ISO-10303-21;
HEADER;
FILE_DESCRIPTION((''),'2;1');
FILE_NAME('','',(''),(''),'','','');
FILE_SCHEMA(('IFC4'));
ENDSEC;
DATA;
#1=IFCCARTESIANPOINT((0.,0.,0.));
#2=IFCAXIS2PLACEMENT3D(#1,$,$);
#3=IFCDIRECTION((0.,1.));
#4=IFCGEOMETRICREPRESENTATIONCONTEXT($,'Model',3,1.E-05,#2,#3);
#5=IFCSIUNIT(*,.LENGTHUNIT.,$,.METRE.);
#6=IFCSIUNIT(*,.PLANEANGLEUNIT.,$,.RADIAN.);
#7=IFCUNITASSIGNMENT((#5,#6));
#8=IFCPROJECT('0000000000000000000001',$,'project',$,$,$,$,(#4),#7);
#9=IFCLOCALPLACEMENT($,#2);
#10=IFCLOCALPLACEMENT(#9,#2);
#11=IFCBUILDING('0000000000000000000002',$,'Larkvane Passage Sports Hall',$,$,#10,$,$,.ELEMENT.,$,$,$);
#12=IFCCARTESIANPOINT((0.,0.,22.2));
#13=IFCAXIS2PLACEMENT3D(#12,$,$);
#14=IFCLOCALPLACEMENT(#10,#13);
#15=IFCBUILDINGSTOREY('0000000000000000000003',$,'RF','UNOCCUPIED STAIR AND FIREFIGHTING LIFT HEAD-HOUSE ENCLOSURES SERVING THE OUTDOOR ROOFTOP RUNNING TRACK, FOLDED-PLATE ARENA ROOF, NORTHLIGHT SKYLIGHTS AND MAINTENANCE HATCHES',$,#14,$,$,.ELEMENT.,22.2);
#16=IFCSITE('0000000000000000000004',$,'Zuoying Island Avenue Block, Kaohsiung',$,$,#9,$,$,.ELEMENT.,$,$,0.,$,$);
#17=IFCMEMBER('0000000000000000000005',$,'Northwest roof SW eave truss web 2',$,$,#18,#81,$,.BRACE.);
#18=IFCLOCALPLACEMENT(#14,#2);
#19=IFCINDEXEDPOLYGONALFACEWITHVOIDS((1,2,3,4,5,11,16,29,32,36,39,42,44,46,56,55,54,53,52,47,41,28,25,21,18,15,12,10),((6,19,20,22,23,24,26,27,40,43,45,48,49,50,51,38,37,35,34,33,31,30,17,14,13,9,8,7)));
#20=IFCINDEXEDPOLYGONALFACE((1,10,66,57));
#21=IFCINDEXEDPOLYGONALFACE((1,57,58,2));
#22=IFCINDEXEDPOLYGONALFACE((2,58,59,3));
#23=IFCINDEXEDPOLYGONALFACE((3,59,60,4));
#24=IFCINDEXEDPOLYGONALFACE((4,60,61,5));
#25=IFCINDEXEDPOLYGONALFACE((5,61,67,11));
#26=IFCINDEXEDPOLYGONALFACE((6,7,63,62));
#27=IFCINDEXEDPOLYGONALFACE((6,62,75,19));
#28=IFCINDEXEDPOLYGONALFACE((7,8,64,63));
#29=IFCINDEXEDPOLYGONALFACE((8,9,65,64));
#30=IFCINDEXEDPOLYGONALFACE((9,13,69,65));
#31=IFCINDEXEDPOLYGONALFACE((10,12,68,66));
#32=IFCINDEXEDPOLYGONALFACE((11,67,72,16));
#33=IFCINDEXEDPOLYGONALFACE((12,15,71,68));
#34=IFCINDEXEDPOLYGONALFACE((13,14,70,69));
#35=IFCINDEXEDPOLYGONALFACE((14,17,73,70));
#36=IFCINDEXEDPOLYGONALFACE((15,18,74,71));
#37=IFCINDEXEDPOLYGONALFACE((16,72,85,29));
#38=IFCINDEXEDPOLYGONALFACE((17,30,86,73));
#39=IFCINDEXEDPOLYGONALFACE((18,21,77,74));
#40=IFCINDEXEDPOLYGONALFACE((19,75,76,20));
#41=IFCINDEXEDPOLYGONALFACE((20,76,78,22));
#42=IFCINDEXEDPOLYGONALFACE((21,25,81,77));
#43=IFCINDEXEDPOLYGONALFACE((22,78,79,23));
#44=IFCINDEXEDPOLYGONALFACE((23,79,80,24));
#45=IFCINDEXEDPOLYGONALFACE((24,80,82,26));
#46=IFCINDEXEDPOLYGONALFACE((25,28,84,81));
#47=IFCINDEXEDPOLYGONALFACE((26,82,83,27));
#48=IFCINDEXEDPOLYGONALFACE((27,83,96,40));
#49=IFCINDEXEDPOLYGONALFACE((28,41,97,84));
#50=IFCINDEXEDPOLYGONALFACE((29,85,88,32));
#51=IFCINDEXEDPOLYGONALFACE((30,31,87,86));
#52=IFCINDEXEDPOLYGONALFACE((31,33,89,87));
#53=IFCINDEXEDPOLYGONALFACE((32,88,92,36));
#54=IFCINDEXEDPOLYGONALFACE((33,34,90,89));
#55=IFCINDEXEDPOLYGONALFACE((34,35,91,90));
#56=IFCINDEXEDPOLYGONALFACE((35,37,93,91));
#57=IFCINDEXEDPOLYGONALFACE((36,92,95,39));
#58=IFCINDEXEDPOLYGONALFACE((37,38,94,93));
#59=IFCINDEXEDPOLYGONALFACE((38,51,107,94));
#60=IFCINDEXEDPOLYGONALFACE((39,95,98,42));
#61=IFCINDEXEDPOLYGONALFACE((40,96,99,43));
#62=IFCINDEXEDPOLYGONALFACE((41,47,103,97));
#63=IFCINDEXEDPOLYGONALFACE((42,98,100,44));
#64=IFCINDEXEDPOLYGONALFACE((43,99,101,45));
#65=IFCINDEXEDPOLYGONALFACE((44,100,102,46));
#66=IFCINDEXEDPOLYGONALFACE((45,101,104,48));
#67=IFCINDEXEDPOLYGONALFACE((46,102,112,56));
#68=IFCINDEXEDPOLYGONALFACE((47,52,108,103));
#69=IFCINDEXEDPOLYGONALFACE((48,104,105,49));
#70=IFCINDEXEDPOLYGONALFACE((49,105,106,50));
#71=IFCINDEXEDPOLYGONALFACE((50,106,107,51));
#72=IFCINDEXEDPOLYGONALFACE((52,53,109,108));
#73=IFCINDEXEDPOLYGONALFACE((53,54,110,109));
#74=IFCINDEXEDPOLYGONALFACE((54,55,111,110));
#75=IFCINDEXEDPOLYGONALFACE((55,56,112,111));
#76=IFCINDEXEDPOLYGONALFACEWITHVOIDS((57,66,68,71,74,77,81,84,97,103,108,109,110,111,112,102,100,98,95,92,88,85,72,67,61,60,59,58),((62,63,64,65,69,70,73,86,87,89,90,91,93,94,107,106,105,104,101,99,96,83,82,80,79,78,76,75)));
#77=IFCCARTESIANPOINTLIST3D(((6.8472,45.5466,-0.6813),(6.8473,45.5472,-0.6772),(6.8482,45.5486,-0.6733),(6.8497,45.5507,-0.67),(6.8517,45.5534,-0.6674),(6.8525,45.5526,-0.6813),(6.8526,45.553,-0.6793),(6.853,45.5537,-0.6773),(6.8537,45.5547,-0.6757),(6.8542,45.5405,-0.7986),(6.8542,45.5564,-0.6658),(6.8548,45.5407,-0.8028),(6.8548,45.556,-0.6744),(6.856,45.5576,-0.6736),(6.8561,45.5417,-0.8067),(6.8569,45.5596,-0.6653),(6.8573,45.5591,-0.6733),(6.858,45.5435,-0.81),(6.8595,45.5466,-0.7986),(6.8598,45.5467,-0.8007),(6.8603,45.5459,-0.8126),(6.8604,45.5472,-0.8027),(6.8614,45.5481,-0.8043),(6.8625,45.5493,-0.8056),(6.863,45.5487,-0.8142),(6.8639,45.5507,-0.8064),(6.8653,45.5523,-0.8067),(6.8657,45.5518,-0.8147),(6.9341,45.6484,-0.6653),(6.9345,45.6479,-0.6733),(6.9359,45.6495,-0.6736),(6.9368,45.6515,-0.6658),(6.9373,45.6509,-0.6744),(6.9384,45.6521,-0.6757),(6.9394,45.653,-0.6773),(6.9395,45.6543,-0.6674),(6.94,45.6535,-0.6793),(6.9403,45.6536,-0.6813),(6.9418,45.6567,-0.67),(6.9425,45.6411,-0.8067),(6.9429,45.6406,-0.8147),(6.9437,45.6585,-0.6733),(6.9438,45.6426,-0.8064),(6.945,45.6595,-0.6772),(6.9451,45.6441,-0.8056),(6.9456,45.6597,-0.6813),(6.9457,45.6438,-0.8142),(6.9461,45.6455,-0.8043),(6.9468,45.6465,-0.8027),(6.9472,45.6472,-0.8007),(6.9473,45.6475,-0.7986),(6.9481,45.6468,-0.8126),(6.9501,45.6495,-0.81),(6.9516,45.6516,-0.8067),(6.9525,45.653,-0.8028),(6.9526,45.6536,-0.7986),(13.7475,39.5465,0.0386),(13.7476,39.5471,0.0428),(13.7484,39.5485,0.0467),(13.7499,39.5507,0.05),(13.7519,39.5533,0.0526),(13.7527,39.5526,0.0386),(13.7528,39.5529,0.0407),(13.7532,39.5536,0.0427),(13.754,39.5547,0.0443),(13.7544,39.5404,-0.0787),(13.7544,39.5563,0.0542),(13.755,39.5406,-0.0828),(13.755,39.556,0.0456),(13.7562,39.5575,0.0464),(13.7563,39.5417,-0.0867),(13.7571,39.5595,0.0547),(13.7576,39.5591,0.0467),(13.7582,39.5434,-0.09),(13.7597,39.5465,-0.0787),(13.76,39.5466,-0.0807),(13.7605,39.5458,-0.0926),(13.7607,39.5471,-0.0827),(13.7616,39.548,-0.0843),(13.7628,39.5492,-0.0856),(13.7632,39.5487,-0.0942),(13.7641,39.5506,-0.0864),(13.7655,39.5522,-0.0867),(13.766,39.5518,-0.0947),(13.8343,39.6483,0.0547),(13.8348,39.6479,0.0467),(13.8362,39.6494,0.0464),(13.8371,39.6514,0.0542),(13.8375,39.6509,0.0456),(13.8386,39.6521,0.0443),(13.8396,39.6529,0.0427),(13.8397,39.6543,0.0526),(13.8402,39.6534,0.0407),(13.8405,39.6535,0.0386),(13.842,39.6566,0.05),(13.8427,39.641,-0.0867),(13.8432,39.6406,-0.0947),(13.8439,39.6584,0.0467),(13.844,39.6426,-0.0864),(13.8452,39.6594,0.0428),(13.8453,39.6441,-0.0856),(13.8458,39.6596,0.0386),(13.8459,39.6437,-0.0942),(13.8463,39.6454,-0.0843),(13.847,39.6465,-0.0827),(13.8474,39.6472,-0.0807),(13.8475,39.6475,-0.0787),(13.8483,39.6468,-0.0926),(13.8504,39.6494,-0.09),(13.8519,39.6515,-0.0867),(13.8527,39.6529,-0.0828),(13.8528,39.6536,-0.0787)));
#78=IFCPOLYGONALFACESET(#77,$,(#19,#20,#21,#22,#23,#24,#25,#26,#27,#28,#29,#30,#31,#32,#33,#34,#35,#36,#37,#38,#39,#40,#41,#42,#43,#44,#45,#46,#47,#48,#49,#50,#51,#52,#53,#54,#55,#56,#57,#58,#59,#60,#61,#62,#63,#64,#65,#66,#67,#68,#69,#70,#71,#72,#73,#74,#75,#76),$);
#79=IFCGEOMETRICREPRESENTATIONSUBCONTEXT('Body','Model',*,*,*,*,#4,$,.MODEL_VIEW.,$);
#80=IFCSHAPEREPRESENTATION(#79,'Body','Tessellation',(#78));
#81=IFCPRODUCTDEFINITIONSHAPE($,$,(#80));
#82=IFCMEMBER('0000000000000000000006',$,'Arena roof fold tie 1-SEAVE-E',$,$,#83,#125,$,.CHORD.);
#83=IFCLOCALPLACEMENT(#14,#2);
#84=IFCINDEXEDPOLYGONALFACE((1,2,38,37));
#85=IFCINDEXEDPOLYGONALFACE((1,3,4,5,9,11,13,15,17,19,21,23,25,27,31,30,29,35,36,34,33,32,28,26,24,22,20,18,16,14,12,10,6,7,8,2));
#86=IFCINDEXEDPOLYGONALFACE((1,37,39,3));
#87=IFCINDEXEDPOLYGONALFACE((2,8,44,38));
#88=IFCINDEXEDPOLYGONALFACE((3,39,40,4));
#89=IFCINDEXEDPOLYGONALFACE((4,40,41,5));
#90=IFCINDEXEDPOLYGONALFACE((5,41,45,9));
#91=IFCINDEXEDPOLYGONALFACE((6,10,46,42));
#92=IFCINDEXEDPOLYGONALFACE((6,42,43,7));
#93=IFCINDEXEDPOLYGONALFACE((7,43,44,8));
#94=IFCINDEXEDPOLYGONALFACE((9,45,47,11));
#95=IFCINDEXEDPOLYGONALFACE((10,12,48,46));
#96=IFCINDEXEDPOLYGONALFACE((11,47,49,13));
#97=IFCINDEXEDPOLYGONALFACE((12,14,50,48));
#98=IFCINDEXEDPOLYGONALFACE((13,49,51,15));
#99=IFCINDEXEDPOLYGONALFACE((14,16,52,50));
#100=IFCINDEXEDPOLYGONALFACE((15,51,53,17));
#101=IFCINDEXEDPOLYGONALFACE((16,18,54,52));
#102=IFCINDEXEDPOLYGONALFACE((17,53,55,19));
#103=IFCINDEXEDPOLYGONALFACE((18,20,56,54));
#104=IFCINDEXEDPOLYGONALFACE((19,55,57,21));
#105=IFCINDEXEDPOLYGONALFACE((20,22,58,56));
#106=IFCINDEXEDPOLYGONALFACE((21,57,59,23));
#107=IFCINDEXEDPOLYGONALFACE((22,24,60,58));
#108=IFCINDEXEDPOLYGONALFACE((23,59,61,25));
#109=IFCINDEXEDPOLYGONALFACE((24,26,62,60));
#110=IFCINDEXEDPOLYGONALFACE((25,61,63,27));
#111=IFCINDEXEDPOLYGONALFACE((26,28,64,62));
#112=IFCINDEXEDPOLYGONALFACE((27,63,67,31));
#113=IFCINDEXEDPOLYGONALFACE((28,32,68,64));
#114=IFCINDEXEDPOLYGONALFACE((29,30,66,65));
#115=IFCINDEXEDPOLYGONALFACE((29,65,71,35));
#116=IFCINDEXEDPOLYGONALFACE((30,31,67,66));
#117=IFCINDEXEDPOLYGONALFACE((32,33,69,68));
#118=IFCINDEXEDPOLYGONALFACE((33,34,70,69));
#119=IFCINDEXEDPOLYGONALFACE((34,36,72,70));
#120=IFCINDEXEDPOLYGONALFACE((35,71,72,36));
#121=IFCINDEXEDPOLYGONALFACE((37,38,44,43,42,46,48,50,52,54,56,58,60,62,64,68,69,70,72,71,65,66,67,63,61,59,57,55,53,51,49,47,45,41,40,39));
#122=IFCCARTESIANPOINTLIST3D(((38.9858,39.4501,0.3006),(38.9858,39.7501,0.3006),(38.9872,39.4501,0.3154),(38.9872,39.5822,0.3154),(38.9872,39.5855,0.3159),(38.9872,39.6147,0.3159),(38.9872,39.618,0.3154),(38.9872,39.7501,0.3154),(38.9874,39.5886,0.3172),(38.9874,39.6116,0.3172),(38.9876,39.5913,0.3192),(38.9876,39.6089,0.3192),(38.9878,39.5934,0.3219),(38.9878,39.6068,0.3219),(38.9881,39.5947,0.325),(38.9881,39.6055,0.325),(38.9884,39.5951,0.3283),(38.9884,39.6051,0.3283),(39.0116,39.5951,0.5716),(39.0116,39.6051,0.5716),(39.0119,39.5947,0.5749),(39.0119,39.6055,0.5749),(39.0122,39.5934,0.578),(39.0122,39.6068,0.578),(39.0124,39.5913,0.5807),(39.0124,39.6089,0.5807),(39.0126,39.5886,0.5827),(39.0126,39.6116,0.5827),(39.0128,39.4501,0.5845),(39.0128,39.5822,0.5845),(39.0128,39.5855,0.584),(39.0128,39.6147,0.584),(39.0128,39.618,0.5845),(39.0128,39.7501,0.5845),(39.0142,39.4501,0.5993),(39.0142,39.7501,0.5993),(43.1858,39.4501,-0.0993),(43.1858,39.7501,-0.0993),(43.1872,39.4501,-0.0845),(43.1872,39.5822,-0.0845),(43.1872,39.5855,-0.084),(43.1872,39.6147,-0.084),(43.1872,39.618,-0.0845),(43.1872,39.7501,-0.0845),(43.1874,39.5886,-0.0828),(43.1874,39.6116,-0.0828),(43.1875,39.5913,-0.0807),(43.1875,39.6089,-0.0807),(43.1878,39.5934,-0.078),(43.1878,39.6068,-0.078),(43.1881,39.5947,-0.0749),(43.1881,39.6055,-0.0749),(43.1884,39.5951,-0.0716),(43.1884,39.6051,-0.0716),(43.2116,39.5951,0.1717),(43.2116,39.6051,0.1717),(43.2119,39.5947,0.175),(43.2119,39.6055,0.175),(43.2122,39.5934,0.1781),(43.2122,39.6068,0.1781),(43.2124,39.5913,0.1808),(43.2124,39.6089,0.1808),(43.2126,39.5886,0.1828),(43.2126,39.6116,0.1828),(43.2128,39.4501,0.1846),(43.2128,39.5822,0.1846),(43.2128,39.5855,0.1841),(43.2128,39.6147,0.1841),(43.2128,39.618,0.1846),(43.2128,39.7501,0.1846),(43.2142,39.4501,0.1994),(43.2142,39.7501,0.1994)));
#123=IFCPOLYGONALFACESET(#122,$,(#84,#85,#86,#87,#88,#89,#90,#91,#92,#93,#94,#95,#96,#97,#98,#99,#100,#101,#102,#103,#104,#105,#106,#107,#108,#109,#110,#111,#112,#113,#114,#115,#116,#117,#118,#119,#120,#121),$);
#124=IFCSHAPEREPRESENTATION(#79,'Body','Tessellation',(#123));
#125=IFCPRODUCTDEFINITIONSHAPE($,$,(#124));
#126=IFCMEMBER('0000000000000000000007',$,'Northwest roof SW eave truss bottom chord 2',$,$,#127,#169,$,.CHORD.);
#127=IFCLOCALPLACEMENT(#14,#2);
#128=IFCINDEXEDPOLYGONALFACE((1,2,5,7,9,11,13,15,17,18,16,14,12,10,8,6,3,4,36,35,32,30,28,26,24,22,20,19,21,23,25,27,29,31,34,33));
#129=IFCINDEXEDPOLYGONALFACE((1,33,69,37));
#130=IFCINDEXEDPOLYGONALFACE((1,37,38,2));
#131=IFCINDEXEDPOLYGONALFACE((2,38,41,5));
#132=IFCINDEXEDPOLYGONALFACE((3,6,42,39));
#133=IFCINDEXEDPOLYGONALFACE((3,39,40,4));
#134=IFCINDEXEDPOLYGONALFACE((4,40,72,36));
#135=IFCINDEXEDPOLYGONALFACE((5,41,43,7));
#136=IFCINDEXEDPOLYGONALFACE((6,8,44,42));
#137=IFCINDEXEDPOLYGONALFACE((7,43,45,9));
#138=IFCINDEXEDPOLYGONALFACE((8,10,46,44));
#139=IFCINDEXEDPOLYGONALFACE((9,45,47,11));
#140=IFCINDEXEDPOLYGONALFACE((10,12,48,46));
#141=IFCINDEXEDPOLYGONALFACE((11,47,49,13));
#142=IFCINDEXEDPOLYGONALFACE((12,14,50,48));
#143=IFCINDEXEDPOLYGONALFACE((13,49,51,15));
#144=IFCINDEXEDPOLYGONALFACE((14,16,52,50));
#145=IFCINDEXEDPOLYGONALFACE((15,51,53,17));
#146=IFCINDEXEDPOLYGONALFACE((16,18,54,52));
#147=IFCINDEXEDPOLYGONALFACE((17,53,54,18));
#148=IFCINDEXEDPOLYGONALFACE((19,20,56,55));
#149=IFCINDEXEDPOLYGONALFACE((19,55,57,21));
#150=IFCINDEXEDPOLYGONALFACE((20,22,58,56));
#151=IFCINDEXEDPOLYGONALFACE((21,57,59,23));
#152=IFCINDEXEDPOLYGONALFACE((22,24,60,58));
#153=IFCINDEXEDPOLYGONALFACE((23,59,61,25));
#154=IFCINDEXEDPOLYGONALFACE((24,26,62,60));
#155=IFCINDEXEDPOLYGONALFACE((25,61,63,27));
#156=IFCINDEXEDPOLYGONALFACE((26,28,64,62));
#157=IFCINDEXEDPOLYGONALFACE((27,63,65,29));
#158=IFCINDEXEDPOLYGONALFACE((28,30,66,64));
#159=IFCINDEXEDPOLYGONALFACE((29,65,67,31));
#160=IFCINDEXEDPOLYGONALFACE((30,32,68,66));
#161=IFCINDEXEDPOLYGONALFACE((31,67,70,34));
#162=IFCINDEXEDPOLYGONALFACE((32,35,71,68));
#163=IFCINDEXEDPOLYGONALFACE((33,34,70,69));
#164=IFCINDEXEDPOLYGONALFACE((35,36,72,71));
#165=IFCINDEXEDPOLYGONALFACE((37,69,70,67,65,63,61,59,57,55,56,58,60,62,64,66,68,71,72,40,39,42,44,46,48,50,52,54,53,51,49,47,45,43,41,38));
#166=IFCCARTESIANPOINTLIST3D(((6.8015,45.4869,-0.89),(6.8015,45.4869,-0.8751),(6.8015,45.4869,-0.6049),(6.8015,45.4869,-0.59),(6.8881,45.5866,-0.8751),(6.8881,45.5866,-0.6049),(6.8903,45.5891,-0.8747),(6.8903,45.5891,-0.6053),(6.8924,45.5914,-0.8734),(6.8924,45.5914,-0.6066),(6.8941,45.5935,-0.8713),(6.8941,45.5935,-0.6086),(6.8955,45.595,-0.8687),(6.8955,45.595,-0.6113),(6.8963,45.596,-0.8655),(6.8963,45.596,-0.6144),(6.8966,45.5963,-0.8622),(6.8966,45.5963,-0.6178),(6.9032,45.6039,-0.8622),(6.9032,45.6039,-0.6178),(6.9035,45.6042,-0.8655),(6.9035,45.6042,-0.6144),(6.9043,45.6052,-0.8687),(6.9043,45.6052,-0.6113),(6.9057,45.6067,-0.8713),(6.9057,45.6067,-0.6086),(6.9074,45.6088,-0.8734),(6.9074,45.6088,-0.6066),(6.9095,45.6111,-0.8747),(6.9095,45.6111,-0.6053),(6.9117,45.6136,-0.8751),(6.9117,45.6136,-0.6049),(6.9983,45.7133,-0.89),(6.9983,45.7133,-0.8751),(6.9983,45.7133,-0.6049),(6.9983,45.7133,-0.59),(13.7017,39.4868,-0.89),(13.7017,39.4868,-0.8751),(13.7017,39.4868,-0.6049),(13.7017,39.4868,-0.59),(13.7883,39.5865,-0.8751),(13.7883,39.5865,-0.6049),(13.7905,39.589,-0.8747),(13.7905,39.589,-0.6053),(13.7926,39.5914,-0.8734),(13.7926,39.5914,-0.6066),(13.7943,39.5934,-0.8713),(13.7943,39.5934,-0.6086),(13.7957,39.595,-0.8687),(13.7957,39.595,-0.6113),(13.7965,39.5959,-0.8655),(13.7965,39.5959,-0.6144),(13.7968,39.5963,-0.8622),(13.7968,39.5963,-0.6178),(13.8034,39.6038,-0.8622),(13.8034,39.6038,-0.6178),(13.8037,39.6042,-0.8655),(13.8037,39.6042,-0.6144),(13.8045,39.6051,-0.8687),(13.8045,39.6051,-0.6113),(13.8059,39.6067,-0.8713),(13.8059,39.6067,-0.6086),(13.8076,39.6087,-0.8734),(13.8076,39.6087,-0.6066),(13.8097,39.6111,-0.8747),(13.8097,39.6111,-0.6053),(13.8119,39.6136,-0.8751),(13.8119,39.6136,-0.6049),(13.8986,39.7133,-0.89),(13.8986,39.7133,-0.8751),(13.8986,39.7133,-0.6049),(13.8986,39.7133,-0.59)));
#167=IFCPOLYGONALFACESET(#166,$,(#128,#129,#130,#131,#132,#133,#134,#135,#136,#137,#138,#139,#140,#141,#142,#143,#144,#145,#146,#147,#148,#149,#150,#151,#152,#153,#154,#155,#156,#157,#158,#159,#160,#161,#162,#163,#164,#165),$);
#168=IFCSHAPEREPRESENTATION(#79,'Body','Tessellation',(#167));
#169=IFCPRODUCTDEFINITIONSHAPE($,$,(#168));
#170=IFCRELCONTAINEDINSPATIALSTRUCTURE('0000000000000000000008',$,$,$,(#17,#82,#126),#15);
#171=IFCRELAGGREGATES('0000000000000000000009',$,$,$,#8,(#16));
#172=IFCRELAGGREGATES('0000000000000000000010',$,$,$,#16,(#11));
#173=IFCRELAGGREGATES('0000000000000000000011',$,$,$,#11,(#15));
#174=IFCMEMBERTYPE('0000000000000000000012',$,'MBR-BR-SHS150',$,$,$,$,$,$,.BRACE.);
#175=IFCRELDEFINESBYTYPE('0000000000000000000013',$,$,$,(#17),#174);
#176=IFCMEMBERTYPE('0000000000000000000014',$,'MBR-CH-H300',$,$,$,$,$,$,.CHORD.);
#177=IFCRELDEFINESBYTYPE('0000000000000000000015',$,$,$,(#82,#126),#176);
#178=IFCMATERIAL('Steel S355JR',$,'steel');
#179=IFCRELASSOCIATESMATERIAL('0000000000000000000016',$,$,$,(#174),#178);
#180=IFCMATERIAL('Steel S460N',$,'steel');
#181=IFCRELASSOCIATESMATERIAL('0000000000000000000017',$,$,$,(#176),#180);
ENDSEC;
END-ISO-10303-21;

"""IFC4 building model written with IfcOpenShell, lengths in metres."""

from ifc_helpers import new_model, si_unit, direction, frame, origin, origin_2d, place, context, subcontext, project, spatial, hollow_rectangle, i_section, extrude, material, material_profile, profile_set, type_object, element, save


model = new_model("IFC4")

# Units and contexts
model_context = context("Model", 3, precision=1e-05, world=origin(), true_north=direction((0.0, 1.0)))
body_context = subcontext(model_context, "Body", "Model", "MODEL_VIEW")
ifc_project = project(units=[si_unit("LENGTHUNIT", "METRE"), si_unit("PLANEANGLEUNIT", "RADIAN")], contexts=[model_context])

# Site, building, storey
site_placement = place(None, origin())
site = spatial("IfcSite", under=ifc_project, at=site_placement, Name="Zuoying Island Avenue Block, Kaohsiung", CompositionType="ELEMENT", RefElevation=0.0)
building_placement = place(site_placement, origin())
building = spatial("IfcBuilding", under=site, at=building_placement, Name="Larkvane Passage Sports Hall", CompositionType="ELEMENT")
storey_placement = place(building_placement, frame((0.0, 0.0, 22.2)))
storey = spatial("IfcBuildingStorey", under=building, at=storey_placement, Name="RF", Description="UNOCCUPIED STAIR AND FIREFIGHTING LIFT HEAD-HOUSE ENCLOSURES SERVING THE OUTDOOR ROOFTOP RUNNING TRACK, FOLDED-PLATE ARENA ROOF, NORTHLIGHT SKYLIGHTS AND MAINTENANCE HATCHES", CompositionType="ELEMENT", Elevation=22.2)

# Members
ifc_material_1 = material(Name="Steel S355JR", Category="steel")
ifc_material_2 = material(Name="Steel S460N", Category="steel")
ifc_material_profile_1 = material_profile(ifc_material_1, hollow_rectangle(XDim=0.1499, YDim=0.1499, WallThickness=0.0081, InnerFilletRadius=0.0081, OuterFilletRadius=0.0161, at=origin_2d()), Name="SHS-150x150x8")
ifc_profile_set_1 = profile_set([ifc_material_profile_1], Name="Steel S355JR")
member_type_1 = type_object("IfcMemberType", Name="MBR-BR-SHS150", PredefinedType="BRACE", material=ifc_profile_set_1)
member_1_placement = place(storey_placement, frame((6.8999, 45.6001, -0.74), z_axis=(0.752284, -0.654146, 0.078494), x_axis=(0.656171, 0.754612, 0.0)))
element("IfcMember", 1, at=member_1_placement, inside=storey, type_object=member_type_1, Name="Northwest roof SW eave truss web 2", PredefinedType="BRACE", context=body_context, shape_type="SweptSolid", body=[
    extrude(hollow_rectangle(XDim=0.1499, YDim=0.1499, WallThickness=0.0081, InnerFilletRadius=0.0081, OuterFilletRadius=0.0161, at=origin_2d()), origin(), (0.0, 0.0, 1.0), 9.1724),
])
ifc_material_profile_2 = material_profile(ifc_material_2, i_section(OverallWidth=0.3, OverallDepth=0.3, WebThickness=0.01, FlangeThickness=0.0149, FilletRadius=0.0129, at=origin_2d()), Name="H-300x300x10x15")
ifc_profile_set_2 = profile_set([ifc_material_profile_2], Name="Steel S460N")
member_type_2 = type_object("IfcMemberType", Name="MBR-CH-H300", PredefinedType="CHORD", material=ifc_profile_set_2)
member_2_placement = place(storey_placement, frame((39.0, 39.6001, 0.45), z_axis=(0.995498, 0.0, -0.094787), x_axis=(0.0, 1.0, 0.0)))
element("IfcMember", 2, at=member_2_placement, inside=storey, type_object=member_type_2, Name="Arena roof fold tie 1-SEAVE-E", PredefinedType="CHORD", context=body_context, shape_type="SweptSolid", body=[
    extrude(i_section(OverallWidth=0.3, OverallDepth=0.3, WebThickness=0.01, FlangeThickness=0.0149, FilletRadius=0.0129, at=origin_2d()), origin(), (0.0, 0.0, 1.0), 4.219),
])
for number, where, z_axis, x_axis, name in (
    (3, (6.8999, 45.6001, -0.74), (0.754612, -0.656171, 0.0), (0.656171, 0.754612, 0.0), "Northwest roof SW eave truss bottom chord 2"),
):
    element("IfcMember", number, at=place(storey_placement, frame(where, z_axis=z_axis, x_axis=x_axis)), inside=storey, type_object=member_type_2, Name=name, PredefinedType="CHORD", context=body_context, shape_type="SweptSolid", body=[
        extrude(i_section(OverallWidth=0.3, OverallDepth=0.3, WebThickness=0.01, FlangeThickness=0.0149, FilletRadius=0.0129, at=origin_2d()), origin(), (0.0, 0.0, 1.0), 9.144),
    ])

save(model, "model.ifc")
